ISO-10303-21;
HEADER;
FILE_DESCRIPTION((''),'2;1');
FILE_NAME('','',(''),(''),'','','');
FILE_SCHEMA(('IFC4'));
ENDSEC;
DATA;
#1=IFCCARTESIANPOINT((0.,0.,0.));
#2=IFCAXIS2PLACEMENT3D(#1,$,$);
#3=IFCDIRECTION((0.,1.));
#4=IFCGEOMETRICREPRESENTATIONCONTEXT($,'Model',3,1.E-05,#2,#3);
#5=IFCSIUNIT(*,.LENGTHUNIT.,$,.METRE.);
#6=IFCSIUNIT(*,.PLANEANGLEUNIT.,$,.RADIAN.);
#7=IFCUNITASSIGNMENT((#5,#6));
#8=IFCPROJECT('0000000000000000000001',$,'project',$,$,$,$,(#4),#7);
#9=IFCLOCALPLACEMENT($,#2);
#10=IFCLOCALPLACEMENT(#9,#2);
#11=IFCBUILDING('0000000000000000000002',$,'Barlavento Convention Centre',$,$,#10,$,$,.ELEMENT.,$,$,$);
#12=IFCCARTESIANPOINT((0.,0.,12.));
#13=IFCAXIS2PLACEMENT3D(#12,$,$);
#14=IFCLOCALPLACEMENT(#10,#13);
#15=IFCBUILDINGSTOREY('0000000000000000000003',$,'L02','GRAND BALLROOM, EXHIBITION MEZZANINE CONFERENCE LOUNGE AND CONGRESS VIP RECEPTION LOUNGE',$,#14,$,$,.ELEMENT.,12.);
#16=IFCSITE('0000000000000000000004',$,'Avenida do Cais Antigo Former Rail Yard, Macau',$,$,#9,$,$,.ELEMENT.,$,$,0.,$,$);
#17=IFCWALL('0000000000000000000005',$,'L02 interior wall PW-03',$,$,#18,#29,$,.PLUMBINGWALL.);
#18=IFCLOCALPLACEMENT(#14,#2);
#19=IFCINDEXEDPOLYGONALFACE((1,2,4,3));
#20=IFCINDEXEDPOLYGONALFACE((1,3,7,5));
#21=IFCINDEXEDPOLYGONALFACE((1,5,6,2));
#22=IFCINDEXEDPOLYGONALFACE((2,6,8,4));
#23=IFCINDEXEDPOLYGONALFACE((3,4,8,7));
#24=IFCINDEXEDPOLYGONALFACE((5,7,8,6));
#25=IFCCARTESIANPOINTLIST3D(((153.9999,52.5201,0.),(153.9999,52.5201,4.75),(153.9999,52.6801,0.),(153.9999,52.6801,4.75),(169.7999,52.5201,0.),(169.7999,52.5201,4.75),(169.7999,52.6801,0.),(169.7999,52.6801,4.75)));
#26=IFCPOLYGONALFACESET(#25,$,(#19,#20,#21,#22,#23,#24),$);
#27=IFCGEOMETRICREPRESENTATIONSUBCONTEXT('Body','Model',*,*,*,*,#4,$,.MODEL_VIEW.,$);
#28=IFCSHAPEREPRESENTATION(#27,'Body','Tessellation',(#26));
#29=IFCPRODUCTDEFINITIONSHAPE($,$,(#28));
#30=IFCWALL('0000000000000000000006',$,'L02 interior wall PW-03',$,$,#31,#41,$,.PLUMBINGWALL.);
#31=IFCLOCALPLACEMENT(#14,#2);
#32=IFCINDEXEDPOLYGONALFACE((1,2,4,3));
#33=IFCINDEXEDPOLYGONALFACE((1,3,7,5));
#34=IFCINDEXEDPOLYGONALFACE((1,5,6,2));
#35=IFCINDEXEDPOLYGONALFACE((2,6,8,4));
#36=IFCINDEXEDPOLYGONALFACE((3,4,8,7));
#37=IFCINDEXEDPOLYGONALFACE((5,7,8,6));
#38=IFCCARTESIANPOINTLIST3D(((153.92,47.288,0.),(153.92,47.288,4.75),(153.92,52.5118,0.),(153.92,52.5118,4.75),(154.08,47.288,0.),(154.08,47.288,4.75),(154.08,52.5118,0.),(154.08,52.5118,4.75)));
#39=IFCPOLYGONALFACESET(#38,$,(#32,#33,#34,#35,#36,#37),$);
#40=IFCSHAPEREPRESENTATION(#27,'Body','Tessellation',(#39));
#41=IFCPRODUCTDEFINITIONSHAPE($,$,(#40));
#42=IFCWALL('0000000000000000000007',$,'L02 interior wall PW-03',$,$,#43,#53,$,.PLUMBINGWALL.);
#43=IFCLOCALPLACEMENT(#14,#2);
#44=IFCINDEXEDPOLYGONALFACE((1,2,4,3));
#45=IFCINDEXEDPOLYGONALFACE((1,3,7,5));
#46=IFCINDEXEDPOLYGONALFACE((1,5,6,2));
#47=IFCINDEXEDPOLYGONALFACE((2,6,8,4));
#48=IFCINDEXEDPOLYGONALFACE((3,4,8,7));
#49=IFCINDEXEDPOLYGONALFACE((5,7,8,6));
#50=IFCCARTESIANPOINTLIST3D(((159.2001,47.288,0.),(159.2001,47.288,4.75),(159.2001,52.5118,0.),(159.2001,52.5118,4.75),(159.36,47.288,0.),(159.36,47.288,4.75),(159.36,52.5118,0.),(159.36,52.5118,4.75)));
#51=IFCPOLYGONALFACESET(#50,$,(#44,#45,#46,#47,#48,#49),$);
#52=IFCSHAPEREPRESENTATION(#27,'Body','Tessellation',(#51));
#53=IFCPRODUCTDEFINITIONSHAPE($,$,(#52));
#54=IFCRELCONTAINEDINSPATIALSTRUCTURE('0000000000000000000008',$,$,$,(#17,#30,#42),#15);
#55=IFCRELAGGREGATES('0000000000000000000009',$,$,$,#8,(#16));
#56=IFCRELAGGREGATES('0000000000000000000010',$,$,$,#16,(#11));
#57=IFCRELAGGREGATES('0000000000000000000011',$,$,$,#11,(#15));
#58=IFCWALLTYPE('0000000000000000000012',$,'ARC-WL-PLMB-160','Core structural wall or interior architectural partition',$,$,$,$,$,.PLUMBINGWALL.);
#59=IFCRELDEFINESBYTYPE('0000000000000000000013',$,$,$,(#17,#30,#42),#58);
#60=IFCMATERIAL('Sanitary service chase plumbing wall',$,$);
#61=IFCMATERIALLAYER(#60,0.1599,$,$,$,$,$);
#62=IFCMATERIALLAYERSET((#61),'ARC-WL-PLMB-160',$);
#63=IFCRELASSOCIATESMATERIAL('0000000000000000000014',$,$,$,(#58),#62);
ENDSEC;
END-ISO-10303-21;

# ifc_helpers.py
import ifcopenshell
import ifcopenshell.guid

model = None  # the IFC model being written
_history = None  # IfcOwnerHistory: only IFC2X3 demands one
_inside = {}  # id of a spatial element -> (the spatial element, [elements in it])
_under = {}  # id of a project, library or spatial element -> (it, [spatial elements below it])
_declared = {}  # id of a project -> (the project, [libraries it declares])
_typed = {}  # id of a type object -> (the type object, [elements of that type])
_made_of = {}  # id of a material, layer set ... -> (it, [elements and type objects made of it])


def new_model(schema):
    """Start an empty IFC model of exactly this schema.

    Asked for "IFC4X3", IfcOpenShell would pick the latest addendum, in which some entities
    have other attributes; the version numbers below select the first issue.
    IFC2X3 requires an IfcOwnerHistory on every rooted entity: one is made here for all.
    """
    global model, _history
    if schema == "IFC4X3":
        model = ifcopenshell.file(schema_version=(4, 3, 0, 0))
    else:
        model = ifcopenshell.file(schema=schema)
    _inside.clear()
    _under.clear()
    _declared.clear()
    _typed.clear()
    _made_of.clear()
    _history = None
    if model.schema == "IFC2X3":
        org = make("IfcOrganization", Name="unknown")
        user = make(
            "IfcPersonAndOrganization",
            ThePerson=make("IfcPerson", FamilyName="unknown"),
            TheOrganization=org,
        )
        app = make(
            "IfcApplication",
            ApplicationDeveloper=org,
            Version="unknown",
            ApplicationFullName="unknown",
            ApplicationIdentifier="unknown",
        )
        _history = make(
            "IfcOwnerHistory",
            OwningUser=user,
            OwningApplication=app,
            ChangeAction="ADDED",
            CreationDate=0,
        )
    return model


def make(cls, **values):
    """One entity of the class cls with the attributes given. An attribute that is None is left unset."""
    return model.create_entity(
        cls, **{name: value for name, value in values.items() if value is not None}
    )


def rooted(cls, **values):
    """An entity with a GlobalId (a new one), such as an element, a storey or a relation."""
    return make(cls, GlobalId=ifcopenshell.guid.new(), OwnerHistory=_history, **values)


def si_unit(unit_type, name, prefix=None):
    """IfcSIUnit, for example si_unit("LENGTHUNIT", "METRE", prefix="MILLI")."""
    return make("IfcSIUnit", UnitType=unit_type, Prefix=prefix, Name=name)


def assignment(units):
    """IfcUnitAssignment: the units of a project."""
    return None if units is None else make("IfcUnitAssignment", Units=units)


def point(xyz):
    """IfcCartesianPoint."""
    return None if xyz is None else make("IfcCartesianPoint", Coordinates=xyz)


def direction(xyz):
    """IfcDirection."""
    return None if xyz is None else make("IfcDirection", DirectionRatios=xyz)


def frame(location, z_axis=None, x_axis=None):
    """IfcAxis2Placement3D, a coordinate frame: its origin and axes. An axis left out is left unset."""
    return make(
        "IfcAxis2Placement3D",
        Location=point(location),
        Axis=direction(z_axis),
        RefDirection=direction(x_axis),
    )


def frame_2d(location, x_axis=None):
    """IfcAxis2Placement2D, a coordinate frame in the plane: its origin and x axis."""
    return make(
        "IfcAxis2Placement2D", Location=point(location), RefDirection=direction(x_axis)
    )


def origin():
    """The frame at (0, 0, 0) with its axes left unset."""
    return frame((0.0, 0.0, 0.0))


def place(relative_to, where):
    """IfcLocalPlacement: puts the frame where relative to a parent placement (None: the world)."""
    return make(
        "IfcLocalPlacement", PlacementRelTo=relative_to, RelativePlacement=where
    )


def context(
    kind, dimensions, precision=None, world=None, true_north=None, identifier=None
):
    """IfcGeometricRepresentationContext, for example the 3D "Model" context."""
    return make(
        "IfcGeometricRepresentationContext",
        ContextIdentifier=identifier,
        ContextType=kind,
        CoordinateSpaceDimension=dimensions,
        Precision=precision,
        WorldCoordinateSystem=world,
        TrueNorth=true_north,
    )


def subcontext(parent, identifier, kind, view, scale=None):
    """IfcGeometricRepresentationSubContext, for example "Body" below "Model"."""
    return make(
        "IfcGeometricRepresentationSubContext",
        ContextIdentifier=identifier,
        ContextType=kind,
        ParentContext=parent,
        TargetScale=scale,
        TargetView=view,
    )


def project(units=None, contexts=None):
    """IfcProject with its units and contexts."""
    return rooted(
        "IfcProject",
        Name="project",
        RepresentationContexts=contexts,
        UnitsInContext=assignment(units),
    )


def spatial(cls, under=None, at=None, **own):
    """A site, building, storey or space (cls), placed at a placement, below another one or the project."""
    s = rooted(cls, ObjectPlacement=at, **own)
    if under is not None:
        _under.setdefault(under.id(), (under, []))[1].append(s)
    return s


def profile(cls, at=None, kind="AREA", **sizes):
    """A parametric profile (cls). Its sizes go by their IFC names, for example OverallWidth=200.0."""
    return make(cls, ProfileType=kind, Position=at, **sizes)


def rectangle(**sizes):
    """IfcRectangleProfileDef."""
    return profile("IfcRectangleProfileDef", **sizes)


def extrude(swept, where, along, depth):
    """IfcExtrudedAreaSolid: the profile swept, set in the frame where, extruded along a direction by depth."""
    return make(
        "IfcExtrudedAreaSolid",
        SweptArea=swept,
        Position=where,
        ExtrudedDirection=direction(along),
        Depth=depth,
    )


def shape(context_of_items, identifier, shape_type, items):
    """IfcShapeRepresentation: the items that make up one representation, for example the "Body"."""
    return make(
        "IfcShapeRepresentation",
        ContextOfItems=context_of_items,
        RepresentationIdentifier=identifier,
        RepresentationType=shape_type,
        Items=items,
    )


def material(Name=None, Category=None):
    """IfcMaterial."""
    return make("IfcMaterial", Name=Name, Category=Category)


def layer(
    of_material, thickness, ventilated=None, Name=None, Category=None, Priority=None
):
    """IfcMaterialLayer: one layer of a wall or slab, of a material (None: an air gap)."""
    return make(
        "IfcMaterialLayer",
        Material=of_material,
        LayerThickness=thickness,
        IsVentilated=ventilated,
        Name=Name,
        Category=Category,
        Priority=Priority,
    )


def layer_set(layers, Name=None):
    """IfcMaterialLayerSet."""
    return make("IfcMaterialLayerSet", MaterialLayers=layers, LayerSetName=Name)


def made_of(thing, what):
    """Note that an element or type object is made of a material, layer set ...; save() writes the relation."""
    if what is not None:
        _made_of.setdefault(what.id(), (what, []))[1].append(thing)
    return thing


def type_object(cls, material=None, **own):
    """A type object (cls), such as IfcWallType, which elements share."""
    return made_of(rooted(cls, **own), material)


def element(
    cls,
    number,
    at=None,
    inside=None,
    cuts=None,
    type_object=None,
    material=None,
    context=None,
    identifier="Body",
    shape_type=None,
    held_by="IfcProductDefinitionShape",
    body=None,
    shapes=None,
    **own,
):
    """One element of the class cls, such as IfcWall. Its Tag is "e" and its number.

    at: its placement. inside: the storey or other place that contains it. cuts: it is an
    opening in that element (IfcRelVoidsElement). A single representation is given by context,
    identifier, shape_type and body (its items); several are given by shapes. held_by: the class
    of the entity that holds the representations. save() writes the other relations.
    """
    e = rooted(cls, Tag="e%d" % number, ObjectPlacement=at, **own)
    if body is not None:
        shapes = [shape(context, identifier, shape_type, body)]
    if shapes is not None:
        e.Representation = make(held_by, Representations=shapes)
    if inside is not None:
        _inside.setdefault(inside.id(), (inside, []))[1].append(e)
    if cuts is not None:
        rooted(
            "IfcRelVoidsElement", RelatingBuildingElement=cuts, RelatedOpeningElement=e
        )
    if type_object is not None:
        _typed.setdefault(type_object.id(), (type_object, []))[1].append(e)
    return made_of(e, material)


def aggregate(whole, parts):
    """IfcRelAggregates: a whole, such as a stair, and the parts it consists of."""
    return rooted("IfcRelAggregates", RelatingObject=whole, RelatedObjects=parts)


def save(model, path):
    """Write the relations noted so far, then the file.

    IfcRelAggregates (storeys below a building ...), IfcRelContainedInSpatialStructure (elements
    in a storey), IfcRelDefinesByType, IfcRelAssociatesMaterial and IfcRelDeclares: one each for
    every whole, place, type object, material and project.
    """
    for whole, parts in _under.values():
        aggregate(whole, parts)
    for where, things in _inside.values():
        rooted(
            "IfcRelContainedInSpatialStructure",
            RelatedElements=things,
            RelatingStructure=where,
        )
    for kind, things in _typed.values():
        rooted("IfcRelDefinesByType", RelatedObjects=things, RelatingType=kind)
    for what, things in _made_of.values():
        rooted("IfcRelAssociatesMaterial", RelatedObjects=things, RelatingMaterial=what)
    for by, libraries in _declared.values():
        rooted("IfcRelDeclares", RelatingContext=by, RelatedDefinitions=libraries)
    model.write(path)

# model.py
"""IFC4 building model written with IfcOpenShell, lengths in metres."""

from ifc_helpers import new_model, si_unit, direction, frame, frame_2d, origin, place, context, subcontext, project, spatial, rectangle, extrude, material, layer, layer_set, type_object, element, save


model = new_model("IFC4")

# Units and contexts
model_context = context("Model", 3, precision=1e-05, world=origin(), true_north=direction((0.0, 1.0)))
body_context = subcontext(model_context, "Body", "Model", "MODEL_VIEW")
ifc_project = project(units=[si_unit("LENGTHUNIT", "METRE"), si_unit("PLANEANGLEUNIT", "RADIAN")], contexts=[model_context])

# Site, building, storey
site_placement = place(None, origin())
site = spatial("IfcSite", under=ifc_project, at=site_placement, Name="Avenida do Cais Antigo Former Rail Yard, Macau", CompositionType="ELEMENT", RefElevation=0.0)
building_placement = place(site_placement, origin())
building = spatial("IfcBuilding", under=site, at=building_placement, Name="Barlavento Convention Centre", CompositionType="ELEMENT")
storey_placement = place(building_placement, frame((0.0, 0.0, 12.0)))
storey = spatial("IfcBuildingStorey", under=building, at=storey_placement, Name="L02", Description="GRAND BALLROOM, EXHIBITION MEZZANINE CONFERENCE LOUNGE AND CONGRESS VIP RECEPTION LOUNGE", CompositionType="ELEMENT", Elevation=12.0)

# Shared definitions
ifc_material_1 = material(Name="Sanitary service chase plumbing wall")
ifc_layer_1 = layer(ifc_material_1, 0.1599)
ifc_layer_set_1 = layer_set([ifc_layer_1], Name="ARC-WL-PLMB-160")
wall_type = type_object("IfcWallType", Name="ARC-WL-PLMB-160", Description="Core structural wall or interior architectural partition", PredefinedType="PLUMBINGWALL", material=ifc_layer_set_1)

# Walls
wall_1_placement = place(storey_placement, frame((154.0, 52.6001, 0.0), z_axis=(0.0, 0.0, 1.0), x_axis=(1.0, 0.0, 0.0)))
element("IfcWall", 1, at=wall_1_placement, inside=storey, type_object=wall_type, Name="L02 interior wall PW-03", PredefinedType="PLUMBINGWALL", context=body_context, shape_type="SweptSolid", body=[
    extrude(rectangle(XDim=15.8, YDim=0.1599, at=frame_2d((7.8999, 0.0))), origin(), (0.0, 0.0, 1.0), 4.75),
])
for number, where, z_axis, x_axis, name in (
    (2, (154.0, 47.2881, 0.0), (0.0, 0.0, 1.0), (0.0, 1.0, 0.0), "L02 interior wall PW-03"),
    (3, (159.28, 47.2881, 0.0), (0.0, 0.0, 1.0), (0.0, 1.0, 0.0), "L02 interior wall PW-03"),
):
    element("IfcWall", number, at=place(storey_placement, frame(where, z_axis=z_axis, x_axis=x_axis)), inside=storey, type_object=wall_type, Name=name, PredefinedType="PLUMBINGWALL", context=body_context, shape_type="SweptSolid", body=[
        extrude(rectangle(XDim=5.2239, YDim=0.1599, at=frame_2d((2.6118, 0.0))), origin(), (0.0, 0.0, 1.0), 4.75),
    ])

save(model, "model.ifc")
